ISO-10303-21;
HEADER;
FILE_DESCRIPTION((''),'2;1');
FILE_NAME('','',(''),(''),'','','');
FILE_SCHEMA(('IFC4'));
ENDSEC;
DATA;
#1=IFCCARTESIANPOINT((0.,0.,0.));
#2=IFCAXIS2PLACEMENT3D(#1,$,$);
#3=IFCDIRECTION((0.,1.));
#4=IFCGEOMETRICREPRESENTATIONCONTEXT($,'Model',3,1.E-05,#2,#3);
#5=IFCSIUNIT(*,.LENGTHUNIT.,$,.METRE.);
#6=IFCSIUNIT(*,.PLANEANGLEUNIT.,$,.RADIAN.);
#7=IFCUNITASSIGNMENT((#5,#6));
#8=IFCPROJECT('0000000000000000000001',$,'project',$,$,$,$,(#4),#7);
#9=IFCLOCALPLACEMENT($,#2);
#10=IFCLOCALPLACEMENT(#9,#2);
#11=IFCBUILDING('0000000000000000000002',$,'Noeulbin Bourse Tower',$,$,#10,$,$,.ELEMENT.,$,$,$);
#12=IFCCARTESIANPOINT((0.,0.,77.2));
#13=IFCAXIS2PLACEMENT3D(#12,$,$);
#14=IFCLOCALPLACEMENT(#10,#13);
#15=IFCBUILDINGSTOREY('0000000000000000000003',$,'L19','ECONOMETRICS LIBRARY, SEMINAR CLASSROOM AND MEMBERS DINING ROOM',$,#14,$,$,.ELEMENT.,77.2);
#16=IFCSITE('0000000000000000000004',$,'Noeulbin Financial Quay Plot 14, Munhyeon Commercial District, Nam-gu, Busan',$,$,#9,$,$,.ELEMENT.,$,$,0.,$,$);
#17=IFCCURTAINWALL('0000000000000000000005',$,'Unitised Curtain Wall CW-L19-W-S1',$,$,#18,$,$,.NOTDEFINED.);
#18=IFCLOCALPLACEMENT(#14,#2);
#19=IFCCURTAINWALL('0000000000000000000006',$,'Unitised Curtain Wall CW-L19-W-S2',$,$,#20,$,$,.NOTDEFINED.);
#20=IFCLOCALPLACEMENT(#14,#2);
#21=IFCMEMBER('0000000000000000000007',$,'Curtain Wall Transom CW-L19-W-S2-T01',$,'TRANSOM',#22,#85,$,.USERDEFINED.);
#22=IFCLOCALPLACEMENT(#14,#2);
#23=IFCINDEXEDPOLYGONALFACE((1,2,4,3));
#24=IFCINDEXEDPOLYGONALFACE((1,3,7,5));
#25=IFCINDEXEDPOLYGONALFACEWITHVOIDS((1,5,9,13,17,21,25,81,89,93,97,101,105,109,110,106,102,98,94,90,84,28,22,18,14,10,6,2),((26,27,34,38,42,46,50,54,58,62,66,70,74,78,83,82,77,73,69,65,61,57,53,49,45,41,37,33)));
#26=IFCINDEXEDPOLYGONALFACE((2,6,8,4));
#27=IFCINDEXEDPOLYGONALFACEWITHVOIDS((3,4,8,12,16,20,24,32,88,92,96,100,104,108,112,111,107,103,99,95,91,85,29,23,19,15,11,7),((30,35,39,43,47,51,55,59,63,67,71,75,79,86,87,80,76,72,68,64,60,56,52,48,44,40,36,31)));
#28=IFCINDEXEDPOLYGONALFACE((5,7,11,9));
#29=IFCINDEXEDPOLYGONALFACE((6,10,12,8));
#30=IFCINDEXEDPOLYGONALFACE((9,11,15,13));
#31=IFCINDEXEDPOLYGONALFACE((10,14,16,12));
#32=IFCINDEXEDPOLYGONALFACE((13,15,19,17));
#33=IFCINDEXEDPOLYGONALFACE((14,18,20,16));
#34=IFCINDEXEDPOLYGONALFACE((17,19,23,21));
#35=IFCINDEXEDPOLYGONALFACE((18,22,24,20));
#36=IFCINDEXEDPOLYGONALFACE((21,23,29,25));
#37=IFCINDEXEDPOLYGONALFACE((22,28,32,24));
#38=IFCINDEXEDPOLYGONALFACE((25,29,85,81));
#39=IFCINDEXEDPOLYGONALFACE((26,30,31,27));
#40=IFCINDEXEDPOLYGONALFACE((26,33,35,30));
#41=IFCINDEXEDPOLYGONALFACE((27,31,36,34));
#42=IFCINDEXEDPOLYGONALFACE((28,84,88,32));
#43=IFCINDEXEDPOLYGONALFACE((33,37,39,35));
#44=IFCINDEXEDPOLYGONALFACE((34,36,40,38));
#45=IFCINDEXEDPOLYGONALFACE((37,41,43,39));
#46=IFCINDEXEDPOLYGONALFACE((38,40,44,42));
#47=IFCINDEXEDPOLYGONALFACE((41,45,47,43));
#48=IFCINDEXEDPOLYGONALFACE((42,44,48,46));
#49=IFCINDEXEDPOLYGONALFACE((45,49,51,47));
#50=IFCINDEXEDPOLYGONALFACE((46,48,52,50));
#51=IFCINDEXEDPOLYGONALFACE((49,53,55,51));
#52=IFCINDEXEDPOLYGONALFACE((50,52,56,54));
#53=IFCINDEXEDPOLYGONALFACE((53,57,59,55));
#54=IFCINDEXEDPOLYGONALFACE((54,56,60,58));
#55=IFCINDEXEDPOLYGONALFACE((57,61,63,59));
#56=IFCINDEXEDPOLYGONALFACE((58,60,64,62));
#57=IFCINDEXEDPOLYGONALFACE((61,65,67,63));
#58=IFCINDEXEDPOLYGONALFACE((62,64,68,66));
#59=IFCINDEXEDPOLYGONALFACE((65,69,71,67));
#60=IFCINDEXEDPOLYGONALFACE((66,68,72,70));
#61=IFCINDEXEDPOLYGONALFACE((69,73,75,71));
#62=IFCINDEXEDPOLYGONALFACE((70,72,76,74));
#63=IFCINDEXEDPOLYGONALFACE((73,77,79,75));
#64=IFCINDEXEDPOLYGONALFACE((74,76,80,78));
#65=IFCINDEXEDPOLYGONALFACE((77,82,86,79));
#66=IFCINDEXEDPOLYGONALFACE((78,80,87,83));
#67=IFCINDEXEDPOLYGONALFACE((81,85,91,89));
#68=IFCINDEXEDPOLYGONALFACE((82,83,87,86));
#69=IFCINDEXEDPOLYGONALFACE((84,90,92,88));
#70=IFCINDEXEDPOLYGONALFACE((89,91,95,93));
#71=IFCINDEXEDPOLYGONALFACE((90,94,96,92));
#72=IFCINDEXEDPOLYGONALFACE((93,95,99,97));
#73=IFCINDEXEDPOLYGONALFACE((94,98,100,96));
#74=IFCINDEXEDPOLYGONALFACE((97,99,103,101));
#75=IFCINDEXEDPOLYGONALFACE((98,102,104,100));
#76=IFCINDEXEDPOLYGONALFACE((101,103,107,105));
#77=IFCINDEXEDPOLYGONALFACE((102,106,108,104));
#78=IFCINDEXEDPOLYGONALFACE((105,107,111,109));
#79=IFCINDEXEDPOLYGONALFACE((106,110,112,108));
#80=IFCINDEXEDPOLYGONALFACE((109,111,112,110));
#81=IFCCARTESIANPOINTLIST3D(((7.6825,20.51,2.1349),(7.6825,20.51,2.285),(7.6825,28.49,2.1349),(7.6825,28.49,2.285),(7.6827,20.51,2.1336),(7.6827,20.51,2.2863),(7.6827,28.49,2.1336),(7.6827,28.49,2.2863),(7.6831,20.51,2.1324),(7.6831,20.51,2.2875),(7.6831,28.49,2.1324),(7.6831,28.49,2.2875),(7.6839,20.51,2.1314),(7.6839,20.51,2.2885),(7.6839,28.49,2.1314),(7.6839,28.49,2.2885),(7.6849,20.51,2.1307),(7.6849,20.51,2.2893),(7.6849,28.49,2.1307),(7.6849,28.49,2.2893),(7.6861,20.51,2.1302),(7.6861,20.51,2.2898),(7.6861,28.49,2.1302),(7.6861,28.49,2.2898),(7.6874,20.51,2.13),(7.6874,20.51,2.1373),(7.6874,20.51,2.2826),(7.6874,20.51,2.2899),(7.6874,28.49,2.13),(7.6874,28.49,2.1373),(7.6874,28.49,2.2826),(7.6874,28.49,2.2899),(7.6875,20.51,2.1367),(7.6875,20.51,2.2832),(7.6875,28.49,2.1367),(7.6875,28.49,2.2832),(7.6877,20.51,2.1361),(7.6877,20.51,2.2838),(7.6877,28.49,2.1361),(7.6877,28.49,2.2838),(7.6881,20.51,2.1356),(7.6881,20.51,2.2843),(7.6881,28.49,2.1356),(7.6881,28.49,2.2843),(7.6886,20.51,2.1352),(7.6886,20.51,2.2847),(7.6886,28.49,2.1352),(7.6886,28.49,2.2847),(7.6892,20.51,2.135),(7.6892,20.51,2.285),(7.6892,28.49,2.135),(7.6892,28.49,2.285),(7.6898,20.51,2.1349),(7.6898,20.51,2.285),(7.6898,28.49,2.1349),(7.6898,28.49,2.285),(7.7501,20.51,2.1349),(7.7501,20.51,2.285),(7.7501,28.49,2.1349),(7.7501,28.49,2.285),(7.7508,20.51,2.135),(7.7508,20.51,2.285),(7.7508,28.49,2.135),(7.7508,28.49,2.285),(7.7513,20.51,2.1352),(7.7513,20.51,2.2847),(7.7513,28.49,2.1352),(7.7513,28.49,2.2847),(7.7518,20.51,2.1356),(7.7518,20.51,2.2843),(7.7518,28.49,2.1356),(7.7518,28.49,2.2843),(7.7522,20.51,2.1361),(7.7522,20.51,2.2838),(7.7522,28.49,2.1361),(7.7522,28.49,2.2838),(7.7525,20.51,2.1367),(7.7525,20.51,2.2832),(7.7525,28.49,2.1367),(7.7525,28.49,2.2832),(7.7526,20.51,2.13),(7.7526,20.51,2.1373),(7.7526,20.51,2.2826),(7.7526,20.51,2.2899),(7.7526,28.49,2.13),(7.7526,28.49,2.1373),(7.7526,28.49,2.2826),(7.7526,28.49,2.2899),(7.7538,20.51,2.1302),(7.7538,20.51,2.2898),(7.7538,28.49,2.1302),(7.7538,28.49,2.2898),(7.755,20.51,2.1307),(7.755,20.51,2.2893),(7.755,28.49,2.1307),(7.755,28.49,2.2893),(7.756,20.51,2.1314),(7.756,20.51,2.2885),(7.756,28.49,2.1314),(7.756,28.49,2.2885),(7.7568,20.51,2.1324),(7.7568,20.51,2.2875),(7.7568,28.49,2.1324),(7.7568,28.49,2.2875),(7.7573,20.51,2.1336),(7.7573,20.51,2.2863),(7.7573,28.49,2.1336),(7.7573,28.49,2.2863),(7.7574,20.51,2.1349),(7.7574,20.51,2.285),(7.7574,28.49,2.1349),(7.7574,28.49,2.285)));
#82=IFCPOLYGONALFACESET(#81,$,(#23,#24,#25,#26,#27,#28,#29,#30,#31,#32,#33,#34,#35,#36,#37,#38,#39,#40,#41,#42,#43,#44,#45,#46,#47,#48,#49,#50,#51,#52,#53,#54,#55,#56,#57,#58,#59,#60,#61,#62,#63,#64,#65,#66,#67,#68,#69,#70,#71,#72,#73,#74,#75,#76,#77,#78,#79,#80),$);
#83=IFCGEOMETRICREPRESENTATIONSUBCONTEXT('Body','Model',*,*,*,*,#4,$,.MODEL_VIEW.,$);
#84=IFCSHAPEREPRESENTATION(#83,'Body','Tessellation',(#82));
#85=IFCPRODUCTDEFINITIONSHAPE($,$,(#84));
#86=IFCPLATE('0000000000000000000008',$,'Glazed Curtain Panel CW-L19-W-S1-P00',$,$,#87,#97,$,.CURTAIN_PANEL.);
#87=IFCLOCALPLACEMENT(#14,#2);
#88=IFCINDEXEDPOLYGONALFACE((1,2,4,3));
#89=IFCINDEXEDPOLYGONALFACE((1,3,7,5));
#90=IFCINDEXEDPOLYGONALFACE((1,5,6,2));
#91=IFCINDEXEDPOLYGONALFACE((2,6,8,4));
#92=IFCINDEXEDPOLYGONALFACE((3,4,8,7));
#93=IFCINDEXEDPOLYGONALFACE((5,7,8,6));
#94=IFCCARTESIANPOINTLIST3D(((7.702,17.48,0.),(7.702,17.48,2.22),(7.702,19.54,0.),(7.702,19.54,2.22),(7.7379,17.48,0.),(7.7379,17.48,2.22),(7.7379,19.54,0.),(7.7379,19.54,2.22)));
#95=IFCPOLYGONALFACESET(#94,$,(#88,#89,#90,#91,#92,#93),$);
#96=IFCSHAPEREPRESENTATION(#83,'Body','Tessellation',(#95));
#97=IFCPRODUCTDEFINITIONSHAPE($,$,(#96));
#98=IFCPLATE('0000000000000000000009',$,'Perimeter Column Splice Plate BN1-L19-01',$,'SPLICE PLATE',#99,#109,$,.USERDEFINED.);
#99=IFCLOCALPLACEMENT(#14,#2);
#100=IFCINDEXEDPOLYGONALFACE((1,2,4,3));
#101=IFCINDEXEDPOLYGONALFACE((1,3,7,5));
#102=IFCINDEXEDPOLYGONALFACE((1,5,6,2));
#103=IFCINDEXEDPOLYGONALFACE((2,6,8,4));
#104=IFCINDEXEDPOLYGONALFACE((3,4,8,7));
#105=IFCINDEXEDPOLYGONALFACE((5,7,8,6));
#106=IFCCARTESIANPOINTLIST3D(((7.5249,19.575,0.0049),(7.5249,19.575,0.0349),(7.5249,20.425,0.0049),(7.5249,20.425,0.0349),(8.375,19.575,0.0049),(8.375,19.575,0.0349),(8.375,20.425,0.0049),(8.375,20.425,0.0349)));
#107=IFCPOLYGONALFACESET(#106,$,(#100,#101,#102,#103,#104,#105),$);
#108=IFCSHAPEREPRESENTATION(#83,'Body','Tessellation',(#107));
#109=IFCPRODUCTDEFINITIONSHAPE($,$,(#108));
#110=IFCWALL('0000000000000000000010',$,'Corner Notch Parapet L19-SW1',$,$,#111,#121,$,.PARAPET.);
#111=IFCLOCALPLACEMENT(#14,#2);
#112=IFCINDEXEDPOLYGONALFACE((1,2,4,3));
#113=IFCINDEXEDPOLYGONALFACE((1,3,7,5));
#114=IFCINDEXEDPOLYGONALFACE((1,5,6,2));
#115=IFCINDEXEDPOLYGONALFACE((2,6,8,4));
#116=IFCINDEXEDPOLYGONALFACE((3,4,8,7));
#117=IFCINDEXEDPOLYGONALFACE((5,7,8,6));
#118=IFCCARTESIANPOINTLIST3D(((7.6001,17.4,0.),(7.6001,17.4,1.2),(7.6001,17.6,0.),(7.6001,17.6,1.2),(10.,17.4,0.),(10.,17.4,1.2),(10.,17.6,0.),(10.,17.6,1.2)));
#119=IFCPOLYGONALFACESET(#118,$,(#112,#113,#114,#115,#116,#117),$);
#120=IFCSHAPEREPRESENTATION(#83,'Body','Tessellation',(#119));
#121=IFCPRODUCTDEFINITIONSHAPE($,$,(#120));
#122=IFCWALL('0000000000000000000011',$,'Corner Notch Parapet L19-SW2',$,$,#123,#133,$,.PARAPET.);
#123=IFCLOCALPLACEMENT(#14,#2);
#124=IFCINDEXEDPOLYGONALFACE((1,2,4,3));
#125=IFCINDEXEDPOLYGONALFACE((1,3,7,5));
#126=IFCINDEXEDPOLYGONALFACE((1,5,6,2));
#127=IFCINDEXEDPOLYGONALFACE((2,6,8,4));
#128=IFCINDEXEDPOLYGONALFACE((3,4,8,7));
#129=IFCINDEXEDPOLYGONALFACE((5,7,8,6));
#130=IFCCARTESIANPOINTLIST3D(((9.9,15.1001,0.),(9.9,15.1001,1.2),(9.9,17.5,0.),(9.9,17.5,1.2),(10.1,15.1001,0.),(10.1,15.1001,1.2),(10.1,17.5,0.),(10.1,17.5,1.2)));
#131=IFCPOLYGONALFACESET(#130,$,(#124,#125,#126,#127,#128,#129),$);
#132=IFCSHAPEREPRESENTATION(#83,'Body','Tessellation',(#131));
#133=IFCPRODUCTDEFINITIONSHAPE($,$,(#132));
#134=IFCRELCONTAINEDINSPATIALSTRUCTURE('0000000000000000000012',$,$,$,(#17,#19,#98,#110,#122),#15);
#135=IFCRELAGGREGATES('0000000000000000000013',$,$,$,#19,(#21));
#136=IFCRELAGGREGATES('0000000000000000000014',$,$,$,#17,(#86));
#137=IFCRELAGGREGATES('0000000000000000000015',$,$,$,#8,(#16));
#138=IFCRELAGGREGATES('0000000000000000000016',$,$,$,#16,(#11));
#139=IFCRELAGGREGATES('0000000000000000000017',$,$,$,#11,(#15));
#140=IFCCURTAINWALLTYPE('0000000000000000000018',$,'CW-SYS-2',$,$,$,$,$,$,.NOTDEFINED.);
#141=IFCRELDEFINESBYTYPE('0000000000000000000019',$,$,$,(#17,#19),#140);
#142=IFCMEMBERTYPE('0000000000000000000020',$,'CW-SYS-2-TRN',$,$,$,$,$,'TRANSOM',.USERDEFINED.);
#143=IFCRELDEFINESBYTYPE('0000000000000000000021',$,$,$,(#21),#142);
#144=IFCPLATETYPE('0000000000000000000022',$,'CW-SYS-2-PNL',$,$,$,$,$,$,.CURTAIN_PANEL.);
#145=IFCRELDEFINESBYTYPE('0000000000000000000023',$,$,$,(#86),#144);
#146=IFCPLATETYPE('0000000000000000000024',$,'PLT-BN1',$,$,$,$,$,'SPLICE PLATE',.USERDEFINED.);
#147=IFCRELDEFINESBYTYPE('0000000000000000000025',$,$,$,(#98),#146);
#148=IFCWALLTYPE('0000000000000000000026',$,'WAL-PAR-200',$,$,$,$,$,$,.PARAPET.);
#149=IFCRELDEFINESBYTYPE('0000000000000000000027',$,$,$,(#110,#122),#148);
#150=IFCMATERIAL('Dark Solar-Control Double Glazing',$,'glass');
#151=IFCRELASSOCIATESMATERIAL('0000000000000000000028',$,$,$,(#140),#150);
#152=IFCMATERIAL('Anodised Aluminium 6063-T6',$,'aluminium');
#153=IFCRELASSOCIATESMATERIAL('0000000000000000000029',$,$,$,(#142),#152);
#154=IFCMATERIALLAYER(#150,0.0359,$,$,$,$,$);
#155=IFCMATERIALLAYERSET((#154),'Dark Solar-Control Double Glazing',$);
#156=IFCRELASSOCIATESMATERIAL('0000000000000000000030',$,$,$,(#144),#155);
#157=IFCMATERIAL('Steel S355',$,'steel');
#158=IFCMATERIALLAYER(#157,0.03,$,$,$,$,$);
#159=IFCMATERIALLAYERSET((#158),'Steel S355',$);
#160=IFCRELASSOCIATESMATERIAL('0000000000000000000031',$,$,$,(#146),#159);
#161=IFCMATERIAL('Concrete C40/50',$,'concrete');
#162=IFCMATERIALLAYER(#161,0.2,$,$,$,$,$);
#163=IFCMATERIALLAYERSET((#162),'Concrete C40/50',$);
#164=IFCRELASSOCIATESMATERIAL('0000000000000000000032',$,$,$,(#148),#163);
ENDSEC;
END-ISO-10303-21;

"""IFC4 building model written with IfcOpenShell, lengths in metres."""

from ifc_helpers import new_model, si_unit, direction, frame, frame_2d, origin, origin_2d, place, context, subcontext, project, spatial, rectangle, hollow_rectangle, extrude, material, layer, layer_set, material_profile, profile_set, type_object, element, aggregate, save


model = new_model("IFC4")

# Units and contexts
model_context = context("Model", 3, precision=1e-05, world=origin(), true_north=direction((0.0, 1.0)))
body_context = subcontext(model_context, "Body", "Model", "MODEL_VIEW")
ifc_project = project(units=[si_unit("LENGTHUNIT", "METRE"), si_unit("PLANEANGLEUNIT", "RADIAN")], contexts=[model_context])

# Site, building, storey
site_placement = place(None, origin())
site = spatial("IfcSite", under=ifc_project, at=site_placement, Name="Noeulbin Financial Quay Plot 14, Munhyeon Commercial District, Nam-gu, Busan", CompositionType="ELEMENT", RefElevation=0.0)
building_placement = place(site_placement, origin())
building = spatial("IfcBuilding", under=site, at=building_placement, Name="Noeulbin Bourse Tower", CompositionType="ELEMENT")
storey_placement = place(building_placement, frame((0.0, 0.0, 77.2)))
storey = spatial("IfcBuildingStorey", under=building, at=storey_placement, Name="L19", Description="ECONOMETRICS LIBRARY, SEMINAR CLASSROOM AND MEMBERS DINING ROOM", CompositionType="ELEMENT", Elevation=77.2)

# Shared definitions
ifc_material_1 = material(Name="Steel S355", Category="steel")

# Curtain wall
ifc_material_2 = material(Name="Dark Solar-Control Double Glazing", Category="glass")
curtain_wall_type = type_object("IfcCurtainWallType", Name="CW-SYS-2", PredefinedType="NOTDEFINED", material=ifc_material_2)
curtain_wall_1_placement = place(storey_placement, origin())
curtain_wall_1 = element("IfcCurtainWall", 1, at=curtain_wall_1_placement, inside=storey, type_object=curtain_wall_type, Name="Unitised Curtain Wall CW-L19-W-S1", PredefinedType="NOTDEFINED")
ifc_material_3 = material(Name="Anodised Aluminium 6063-T6", Category="aluminium")

# Curtain wall
curtain_wall_2_placement = place(storey_placement, origin())
curtain_wall_2 = element("IfcCurtainWall", 2, at=curtain_wall_2_placement, inside=storey, type_object=curtain_wall_type, Name="Unitised Curtain Wall CW-L19-W-S2", PredefinedType="NOTDEFINED")

# Member
ifc_material_profile_1 = material_profile(ifc_material_3, hollow_rectangle(XDim=0.075, YDim=0.1599, WallThickness=0.0049, InnerFilletRadius=0.0024, OuterFilletRadius=0.0049, at=origin_2d()), Name="ALU-TRAN-75x160x5", Category="LoadBearing")
ifc_profile_set_1 = profile_set([ifc_material_profile_1], Name="Anodised Aluminium 6063-T6")
member_type_1 = type_object("IfcMemberType", Name="CW-SYS-2-TRN", ElementType="TRANSOM", PredefinedType="USERDEFINED", material=ifc_profile_set_1)
member_1_placement = place(storey_placement, frame((7.72, 20.51, 2.21), z_axis=(0.0, 1.0, 0.0), x_axis=(-1.0, 0.0, 0.0)))
member_1 = element("IfcMember", 3, at=member_1_placement, type_object=member_type_1, Name="Curtain Wall Transom CW-L19-W-S2-T01", ObjectType="TRANSOM", PredefinedType="USERDEFINED", context=body_context, shape_type="SweptSolid", body=[
    extrude(hollow_rectangle(XDim=0.075, YDim=0.1599, WallThickness=0.0049, InnerFilletRadius=0.0024, OuterFilletRadius=0.0049, at=origin_2d()), origin(), (0.0, 0.0, 1.0), 7.98),
])
aggregate(curtain_wall_2, [member_1])

# Plates
ifc_layer_1 = layer(ifc_material_2, 0.0359)
ifc_layer_set_1 = layer_set([ifc_layer_1], Name="Dark Solar-Control Double Glazing")
plate_type_1 = type_object("IfcPlateType", Name="CW-SYS-2-PNL", PredefinedType="CURTAIN_PANEL", material=ifc_layer_set_1)
plate_1_placement = place(storey_placement, frame((7.72, 18.51, 0.0), z_axis=(0.0, 0.0, 1.0), x_axis=(0.0, 1.0, 0.0)))
plate_1 = element("IfcPlate", 4, at=plate_1_placement, type_object=plate_type_1, Name="Glazed Curtain Panel CW-L19-W-S1-P00", PredefinedType="CURTAIN_PANEL", context=body_context, shape_type="SweptSolid", body=[
    extrude(rectangle(XDim=2.0601, YDim=0.0359, at=origin_2d()), origin(), (0.0, 0.0, 1.0), 2.22),
])
aggregate(curtain_wall_1, [plate_1])
ifc_layer_2 = layer(ifc_material_1, 0.03)
ifc_layer_set_2 = layer_set([ifc_layer_2], Name="Steel S355")
plate_type_2 = type_object("IfcPlateType", Name="PLT-BN1", ElementType="SPLICE PLATE", PredefinedType="USERDEFINED", material=ifc_layer_set_2)
plate_2_placement = place(storey_placement, frame((7.95, 20.0, 0.0049), z_axis=(0.0, 0.0, 1.0), x_axis=(1.0, 0.0, 0.0)))
element("IfcPlate", 5, at=plate_2_placement, inside=storey, type_object=plate_type_2, Name="Perimeter Column Splice Plate BN1-L19-01", ObjectType="SPLICE PLATE", PredefinedType="USERDEFINED", context=body_context, shape_type="SweptSolid", body=[
    extrude(rectangle(XDim=0.8501, YDim=0.8501, at=origin_2d()), origin(), (0.0, 0.0, 1.0), 0.03),
])

# Walls
ifc_material_4 = material(Name="Concrete C40/50", Category="concrete")
ifc_layer_3 = layer(ifc_material_4, 0.2)
ifc_layer_set_3 = layer_set([ifc_layer_3], Name="Concrete C40/50")
wall_type = type_object("IfcWallType", Name="WAL-PAR-200", PredefinedType="PARAPET", material=ifc_layer_set_3)
for number, where, z_axis, x_axis, name in (
    (6, (7.6001, 17.5, 0.0), (0.0, 0.0, 1.0), (1.0, 0.0, 0.0), "Corner Notch Parapet L19-SW1"),
    (7, (10.0, 17.5, 0.0), (0.0, 0.0, 1.0), (0.0, -1.0, 0.0), "Corner Notch Parapet L19-SW2"),
):
    element("IfcWall", number, at=place(storey_placement, frame(where, z_axis=z_axis, x_axis=x_axis)), inside=storey, type_object=wall_type, Name=name, PredefinedType="PARAPET", context=body_context, shape_type="SweptSolid", body=[
        extrude(rectangle(XDim=2.3999, YDim=0.2, at=frame_2d((1.2, 0.0))), origin(), (0.0, 0.0, 1.0), 1.2),
    ])

save(model, "model.ifc")
